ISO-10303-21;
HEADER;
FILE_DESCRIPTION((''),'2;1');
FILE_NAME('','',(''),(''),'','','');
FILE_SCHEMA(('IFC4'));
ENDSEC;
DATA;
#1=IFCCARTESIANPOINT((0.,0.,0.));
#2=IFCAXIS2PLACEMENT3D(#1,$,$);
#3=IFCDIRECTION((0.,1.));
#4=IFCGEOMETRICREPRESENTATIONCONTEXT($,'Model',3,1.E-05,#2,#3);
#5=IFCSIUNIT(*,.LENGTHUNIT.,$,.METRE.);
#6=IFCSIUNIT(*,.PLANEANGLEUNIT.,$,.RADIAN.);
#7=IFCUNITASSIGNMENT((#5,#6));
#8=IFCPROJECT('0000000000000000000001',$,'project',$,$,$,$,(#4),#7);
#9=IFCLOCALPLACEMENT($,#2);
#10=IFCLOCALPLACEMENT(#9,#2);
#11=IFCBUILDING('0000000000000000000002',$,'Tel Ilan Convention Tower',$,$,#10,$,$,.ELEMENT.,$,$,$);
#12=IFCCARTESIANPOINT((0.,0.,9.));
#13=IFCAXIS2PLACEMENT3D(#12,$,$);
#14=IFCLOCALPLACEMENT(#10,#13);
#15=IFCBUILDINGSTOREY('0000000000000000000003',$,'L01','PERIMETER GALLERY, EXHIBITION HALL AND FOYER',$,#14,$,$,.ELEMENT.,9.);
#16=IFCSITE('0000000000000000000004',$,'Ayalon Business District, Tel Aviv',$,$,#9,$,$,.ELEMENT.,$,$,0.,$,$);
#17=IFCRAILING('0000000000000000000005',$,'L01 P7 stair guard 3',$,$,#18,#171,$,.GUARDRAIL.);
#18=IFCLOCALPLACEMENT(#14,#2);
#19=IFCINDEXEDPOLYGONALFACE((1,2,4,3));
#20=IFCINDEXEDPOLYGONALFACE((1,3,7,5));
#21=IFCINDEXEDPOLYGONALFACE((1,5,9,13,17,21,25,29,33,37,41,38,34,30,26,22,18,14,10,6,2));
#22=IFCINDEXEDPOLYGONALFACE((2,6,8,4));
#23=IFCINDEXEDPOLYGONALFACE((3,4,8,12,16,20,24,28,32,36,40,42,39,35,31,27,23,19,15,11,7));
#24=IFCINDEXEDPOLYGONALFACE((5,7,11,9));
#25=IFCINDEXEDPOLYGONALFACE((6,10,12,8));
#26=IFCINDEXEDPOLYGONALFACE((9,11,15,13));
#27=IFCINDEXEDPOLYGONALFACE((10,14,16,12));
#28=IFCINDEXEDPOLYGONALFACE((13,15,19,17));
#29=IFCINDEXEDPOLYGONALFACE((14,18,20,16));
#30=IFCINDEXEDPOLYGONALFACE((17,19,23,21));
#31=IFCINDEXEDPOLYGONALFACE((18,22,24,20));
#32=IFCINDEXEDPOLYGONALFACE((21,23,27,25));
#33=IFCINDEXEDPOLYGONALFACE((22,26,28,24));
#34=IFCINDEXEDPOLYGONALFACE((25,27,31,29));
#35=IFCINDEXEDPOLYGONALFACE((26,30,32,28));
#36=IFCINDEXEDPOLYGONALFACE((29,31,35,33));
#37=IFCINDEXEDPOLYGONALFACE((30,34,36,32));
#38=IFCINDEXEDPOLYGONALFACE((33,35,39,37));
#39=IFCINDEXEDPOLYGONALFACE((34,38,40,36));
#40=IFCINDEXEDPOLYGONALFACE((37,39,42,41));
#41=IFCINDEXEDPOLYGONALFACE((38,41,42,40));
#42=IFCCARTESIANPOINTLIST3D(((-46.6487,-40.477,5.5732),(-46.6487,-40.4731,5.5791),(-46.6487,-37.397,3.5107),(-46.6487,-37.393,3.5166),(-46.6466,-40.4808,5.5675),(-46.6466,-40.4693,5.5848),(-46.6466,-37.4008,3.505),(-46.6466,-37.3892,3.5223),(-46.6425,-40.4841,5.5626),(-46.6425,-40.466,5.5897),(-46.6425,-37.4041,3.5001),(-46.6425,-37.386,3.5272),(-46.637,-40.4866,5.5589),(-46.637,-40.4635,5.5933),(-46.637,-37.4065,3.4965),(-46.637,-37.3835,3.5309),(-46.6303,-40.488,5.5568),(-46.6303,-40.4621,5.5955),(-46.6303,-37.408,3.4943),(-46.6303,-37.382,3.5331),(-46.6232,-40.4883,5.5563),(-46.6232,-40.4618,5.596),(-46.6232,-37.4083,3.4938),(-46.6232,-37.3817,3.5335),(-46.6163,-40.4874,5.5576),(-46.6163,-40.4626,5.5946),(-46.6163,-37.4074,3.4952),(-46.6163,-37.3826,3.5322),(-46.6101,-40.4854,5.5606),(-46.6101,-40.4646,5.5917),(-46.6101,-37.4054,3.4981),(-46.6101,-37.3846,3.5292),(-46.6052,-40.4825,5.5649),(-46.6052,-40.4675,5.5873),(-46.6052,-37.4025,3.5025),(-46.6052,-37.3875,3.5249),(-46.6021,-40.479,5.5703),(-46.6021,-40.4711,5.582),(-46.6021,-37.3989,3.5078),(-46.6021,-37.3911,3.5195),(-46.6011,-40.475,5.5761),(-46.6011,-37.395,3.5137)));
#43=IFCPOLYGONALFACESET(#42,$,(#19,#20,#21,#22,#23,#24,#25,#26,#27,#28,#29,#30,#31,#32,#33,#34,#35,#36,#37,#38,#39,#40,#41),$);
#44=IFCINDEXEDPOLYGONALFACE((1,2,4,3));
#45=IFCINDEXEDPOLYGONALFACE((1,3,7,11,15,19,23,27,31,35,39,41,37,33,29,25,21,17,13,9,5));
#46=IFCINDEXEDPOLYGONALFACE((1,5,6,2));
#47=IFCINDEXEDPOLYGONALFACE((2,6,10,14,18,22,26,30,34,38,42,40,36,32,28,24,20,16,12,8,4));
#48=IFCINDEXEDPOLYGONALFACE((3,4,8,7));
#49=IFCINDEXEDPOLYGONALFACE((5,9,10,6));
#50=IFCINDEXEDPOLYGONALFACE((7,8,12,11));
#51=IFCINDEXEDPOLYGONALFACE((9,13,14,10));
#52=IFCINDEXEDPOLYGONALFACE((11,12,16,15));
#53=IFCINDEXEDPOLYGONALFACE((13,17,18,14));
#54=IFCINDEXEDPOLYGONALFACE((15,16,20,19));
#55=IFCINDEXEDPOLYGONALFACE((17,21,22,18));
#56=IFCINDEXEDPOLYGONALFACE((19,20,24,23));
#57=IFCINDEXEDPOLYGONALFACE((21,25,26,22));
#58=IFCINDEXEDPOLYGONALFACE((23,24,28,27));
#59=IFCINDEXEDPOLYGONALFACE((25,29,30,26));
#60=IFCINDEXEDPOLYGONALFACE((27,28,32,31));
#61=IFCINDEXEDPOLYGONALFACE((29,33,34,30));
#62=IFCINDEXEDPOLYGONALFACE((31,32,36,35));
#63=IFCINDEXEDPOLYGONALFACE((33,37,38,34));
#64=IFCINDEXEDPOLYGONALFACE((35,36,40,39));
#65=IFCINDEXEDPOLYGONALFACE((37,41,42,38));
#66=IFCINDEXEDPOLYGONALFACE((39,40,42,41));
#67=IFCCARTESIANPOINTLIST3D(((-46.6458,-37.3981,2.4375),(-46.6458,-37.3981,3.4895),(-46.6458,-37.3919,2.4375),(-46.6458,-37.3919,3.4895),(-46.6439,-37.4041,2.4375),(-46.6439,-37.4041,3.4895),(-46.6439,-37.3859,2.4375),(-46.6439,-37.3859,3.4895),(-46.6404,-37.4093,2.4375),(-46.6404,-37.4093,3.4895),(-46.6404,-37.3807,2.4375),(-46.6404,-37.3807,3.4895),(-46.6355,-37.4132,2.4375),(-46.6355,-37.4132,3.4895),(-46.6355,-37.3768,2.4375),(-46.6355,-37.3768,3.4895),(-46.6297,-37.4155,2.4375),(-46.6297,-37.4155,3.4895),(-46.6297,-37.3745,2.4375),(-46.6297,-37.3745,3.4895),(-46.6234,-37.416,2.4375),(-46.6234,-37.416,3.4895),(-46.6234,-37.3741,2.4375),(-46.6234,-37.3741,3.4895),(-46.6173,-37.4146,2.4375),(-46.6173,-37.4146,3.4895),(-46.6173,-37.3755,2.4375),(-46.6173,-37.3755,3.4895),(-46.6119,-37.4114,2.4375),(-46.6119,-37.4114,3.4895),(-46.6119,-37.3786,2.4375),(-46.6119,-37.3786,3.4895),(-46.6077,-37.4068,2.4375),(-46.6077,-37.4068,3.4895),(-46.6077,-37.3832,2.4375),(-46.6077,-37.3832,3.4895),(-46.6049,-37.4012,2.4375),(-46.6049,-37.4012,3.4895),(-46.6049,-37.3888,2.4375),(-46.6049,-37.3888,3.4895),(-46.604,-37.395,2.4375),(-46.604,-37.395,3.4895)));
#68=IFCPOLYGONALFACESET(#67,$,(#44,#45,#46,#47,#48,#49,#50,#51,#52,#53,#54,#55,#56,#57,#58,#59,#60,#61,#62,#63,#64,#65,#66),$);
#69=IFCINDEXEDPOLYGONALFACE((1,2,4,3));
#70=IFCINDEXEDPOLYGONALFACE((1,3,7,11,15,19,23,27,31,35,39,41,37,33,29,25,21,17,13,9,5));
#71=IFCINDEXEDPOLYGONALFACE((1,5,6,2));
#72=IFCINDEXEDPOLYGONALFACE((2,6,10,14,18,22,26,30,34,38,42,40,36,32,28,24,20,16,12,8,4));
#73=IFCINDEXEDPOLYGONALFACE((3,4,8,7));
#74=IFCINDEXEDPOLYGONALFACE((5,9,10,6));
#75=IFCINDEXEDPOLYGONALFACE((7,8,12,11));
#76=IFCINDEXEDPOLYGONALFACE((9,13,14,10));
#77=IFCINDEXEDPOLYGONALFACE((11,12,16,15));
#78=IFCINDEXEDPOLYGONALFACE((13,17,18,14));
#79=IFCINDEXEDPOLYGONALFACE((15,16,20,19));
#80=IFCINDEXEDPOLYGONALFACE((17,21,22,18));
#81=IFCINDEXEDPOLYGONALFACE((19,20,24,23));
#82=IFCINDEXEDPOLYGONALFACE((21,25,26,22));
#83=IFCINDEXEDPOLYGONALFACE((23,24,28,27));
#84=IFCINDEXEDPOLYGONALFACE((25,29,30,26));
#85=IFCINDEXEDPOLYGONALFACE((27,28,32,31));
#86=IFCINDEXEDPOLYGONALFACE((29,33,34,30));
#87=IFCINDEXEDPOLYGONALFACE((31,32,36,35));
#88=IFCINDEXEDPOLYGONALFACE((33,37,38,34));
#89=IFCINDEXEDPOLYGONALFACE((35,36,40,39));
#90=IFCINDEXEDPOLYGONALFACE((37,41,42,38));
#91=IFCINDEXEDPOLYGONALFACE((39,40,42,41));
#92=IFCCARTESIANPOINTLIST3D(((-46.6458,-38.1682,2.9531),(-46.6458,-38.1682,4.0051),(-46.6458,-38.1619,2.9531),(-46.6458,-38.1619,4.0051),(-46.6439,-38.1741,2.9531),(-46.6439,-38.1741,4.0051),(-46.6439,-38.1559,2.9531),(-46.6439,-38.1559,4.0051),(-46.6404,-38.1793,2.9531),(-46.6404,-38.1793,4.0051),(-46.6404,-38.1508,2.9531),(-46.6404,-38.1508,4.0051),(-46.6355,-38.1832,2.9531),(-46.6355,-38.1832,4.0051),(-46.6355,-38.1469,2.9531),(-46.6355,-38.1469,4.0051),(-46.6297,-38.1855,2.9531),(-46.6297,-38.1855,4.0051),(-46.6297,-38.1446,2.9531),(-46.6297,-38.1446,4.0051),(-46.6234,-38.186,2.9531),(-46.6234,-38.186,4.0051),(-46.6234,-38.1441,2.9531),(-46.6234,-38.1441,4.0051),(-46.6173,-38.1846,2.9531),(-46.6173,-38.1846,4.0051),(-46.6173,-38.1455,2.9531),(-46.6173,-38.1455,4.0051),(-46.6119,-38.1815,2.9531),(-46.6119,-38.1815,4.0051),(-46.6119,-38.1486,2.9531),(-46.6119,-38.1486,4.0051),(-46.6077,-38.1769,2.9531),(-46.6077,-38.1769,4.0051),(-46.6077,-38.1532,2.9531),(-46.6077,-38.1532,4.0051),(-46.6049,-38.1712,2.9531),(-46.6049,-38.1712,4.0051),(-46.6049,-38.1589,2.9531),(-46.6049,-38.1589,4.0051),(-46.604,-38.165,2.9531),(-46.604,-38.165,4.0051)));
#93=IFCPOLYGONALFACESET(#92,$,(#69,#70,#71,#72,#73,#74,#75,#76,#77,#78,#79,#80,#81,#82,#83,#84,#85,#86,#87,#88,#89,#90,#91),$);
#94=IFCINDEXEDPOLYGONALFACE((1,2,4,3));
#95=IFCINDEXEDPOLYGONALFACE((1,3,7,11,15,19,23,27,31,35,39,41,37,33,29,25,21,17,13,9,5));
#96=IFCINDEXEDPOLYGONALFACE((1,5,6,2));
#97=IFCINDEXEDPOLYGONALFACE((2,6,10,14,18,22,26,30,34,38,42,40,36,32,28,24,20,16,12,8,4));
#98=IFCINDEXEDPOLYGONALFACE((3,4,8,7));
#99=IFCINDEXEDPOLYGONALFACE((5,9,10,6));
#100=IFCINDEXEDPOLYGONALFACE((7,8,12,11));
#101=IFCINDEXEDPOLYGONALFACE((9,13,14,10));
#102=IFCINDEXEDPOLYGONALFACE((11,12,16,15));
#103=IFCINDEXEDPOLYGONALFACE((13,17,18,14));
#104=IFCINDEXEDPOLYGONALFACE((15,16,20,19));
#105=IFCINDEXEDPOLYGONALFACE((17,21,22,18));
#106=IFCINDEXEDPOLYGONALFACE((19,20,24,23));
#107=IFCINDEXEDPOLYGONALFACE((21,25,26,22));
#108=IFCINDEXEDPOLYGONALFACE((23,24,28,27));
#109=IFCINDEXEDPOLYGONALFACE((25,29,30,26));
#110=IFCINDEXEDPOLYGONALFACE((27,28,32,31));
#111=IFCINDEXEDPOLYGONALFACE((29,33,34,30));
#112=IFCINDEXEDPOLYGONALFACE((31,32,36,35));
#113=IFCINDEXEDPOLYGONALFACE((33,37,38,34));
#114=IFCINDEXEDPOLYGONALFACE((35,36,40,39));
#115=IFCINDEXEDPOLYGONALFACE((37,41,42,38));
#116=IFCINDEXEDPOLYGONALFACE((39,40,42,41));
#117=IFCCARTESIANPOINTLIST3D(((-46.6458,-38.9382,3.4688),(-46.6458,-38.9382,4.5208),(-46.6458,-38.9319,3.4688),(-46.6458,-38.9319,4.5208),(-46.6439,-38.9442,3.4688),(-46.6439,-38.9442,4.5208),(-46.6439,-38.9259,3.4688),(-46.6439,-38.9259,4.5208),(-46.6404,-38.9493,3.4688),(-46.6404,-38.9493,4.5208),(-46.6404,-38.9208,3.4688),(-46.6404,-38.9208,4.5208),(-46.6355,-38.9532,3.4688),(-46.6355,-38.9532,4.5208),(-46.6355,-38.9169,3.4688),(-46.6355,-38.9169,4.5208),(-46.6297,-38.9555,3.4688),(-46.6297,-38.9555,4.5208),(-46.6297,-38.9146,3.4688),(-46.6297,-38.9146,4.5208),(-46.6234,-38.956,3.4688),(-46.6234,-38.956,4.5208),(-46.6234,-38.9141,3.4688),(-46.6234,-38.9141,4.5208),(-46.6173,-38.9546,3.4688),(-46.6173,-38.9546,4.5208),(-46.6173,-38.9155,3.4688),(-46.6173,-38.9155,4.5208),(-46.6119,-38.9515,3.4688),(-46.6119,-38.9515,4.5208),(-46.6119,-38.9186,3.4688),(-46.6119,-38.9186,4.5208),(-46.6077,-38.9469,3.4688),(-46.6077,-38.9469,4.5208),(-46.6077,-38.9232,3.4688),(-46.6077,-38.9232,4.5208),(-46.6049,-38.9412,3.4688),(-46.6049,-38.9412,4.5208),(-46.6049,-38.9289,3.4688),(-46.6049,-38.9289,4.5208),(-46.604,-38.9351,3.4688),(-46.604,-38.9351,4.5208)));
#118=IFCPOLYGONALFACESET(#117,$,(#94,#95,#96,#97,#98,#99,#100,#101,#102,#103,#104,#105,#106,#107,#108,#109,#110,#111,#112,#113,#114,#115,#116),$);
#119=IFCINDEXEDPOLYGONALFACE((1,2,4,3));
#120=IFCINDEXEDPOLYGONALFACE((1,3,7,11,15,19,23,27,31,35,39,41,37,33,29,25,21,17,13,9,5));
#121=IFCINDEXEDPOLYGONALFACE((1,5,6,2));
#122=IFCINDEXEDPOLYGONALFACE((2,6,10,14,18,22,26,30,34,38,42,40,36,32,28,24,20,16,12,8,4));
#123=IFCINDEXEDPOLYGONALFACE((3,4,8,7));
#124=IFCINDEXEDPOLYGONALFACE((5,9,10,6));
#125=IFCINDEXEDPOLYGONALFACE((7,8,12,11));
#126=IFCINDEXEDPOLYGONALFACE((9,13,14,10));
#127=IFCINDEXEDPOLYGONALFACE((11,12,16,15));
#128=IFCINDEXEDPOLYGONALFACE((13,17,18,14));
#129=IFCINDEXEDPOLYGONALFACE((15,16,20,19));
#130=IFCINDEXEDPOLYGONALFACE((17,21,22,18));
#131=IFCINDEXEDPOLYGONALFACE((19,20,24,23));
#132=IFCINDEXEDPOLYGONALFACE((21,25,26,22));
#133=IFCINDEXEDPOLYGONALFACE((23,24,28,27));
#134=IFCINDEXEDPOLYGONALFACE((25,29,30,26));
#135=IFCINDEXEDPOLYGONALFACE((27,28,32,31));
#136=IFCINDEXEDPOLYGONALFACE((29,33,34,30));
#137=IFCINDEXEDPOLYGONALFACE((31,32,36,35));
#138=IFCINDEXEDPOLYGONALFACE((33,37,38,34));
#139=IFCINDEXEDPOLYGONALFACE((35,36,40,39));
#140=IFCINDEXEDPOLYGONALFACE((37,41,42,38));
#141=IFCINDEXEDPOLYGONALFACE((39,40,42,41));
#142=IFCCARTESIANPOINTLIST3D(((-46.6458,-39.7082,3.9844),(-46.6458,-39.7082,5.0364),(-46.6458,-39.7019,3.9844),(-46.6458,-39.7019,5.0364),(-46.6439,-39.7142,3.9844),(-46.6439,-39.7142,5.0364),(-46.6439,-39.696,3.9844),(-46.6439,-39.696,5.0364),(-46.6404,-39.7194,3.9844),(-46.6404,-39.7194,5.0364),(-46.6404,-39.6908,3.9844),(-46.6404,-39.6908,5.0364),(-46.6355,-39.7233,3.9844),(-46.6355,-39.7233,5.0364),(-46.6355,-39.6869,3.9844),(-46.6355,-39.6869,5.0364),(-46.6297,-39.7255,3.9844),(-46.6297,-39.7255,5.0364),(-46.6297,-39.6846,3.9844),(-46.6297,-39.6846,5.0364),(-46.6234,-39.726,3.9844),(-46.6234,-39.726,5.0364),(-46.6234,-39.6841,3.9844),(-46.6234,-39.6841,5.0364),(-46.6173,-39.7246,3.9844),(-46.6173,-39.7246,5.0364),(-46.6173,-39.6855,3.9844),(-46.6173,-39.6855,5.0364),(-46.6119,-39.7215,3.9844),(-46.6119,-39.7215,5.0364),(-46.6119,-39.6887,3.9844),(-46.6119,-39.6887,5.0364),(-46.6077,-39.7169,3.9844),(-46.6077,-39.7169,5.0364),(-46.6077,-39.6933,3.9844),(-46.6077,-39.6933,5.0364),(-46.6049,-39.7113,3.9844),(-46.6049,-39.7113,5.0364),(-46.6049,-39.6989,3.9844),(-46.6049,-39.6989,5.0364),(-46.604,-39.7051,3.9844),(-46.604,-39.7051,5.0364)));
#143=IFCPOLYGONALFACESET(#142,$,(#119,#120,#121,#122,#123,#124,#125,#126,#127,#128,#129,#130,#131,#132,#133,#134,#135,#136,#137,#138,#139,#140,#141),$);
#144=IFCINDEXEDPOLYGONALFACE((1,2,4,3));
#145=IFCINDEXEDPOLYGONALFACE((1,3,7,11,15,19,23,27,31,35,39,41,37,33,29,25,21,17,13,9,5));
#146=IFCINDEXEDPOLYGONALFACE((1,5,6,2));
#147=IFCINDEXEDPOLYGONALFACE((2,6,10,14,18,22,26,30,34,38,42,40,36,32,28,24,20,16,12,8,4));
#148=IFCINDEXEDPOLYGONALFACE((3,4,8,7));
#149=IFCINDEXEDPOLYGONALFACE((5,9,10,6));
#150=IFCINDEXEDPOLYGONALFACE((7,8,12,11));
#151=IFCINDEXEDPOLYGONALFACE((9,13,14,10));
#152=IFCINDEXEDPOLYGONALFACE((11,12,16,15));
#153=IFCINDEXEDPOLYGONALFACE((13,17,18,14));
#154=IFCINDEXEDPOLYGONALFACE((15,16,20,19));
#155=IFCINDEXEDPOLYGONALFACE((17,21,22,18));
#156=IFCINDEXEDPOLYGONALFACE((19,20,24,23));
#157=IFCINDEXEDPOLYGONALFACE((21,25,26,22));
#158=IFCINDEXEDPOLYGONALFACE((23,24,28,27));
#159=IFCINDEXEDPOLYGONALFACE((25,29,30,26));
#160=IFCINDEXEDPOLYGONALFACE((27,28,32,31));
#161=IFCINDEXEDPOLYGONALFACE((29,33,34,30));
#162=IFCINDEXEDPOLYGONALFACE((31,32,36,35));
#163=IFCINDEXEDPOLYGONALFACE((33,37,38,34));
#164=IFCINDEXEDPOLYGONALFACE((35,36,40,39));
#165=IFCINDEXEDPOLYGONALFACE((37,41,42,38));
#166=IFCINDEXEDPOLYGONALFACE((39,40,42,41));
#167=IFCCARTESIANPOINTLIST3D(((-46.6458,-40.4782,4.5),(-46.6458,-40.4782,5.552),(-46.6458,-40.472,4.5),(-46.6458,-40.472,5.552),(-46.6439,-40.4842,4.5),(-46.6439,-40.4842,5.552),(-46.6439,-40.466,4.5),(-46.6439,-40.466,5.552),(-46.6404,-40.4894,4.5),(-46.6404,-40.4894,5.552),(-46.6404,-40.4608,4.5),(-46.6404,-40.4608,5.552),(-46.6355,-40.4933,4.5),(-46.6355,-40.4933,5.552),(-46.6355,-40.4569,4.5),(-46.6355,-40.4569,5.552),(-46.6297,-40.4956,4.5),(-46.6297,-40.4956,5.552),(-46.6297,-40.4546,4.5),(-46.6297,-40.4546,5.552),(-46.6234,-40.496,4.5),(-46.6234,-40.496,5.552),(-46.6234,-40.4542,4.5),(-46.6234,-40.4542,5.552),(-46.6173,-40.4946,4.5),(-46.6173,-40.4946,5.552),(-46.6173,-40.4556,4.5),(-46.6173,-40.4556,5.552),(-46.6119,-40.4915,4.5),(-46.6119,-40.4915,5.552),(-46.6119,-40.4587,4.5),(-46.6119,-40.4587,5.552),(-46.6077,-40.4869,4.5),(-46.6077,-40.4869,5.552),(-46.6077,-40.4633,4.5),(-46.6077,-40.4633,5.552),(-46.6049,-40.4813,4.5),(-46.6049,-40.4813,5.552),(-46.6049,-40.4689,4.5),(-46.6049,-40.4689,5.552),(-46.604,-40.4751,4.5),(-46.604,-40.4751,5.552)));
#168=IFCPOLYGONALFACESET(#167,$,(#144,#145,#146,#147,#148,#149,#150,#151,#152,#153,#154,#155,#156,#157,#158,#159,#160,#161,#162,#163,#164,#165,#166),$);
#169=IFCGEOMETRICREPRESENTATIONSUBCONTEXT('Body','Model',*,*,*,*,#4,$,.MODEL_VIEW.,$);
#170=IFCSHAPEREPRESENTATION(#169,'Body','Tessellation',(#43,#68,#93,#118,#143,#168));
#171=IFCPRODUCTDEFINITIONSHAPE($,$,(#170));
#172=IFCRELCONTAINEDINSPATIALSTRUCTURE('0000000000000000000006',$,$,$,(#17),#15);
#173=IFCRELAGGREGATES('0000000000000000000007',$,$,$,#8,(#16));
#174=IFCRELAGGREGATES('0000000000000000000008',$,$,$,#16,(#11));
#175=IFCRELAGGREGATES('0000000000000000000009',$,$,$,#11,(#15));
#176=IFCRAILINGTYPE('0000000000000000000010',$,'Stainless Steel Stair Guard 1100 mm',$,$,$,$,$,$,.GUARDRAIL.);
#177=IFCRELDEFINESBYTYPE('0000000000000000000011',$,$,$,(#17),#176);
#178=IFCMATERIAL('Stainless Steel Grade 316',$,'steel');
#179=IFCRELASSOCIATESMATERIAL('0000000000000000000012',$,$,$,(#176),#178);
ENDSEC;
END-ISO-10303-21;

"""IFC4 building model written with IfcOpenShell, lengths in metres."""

from ifc_helpers import new_model, si_unit, direction, frame, origin, origin_2d, place, context, subcontext, project, spatial, circle, extrude, material, type_object, element, save


model = new_model("IFC4")

# Units and contexts
model_context = context("Model", 3, precision=1e-05, world=origin(), true_north=direction((0.0, 1.0)))
body_context = subcontext(model_context, "Body", "Model", "MODEL_VIEW")
ifc_project = project(units=[si_unit("LENGTHUNIT", "METRE"), si_unit("PLANEANGLEUNIT", "RADIAN")], contexts=[model_context])

# Site, building, storey
site_placement = place(None, origin())
site = spatial("IfcSite", under=ifc_project, at=site_placement, Name="Ayalon Business District, Tel Aviv", CompositionType="ELEMENT", RefElevation=0.0)
building_placement = place(site_placement, origin())
building = spatial("IfcBuilding", under=site, at=building_placement, Name="Tel Ilan Convention Tower", CompositionType="ELEMENT")
storey_placement = place(building_placement, frame((0.0, 0.0, 9.0)))
storey = spatial("IfcBuildingStorey", under=building, at=storey_placement, Name="L01", Description="PERIMETER GALLERY, EXHIBITION HALL AND FOYER", CompositionType="ELEMENT", Elevation=9.0)

# Railing
ifc_material_1 = material(Name="Stainless Steel Grade 316", Category="steel")
railing_type = type_object("IfcRailingType", Name="Stainless Steel Stair Guard 1100 mm", PredefinedType="GUARDRAIL", material=ifc_material_1)
railing_1_placement = place(storey_placement, frame((-46.625, -37.395, 2.4375)))
element("IfcRailing", 1, at=railing_1_placement, inside=storey, type_object=railing_type, Name="L01 P7 stair guard 3", PredefinedType="GUARDRAIL", context=body_context, shape_type="SweptSolid", body=[
    extrude(circle(Radius=0.0239, at=origin_2d()), frame((0.0, 0.0, 1.0762), z_axis=(0.0, -0.830914, 0.556401), x_axis=(1.0, 0.0, 0.0)), (0.0, 0.0, 1.0), 3.7068),
    extrude(circle(Radius=0.021, at=origin_2d()), origin(), (0.0, 0.0, 1.0), 1.052),
    extrude(circle(Radius=0.021, at=origin_2d()), frame((0.0, -0.77, 0.5156)), (0.0, 0.0, 1.0), 1.052),
    extrude(circle(Radius=0.021, at=origin_2d()), frame((0.0, -1.54, 1.0312)), (0.0, 0.0, 1.0), 1.052),
    extrude(circle(Radius=0.021, at=origin_2d()), frame((0.0, -2.3101, 1.5469)), (0.0, 0.0, 1.0), 1.052),
    extrude(circle(Radius=0.021, at=origin_2d()), frame((0.0, -3.0801, 2.0625)), (0.0, 0.0, 1.0), 1.052),
])

save(model, "model.ifc")
